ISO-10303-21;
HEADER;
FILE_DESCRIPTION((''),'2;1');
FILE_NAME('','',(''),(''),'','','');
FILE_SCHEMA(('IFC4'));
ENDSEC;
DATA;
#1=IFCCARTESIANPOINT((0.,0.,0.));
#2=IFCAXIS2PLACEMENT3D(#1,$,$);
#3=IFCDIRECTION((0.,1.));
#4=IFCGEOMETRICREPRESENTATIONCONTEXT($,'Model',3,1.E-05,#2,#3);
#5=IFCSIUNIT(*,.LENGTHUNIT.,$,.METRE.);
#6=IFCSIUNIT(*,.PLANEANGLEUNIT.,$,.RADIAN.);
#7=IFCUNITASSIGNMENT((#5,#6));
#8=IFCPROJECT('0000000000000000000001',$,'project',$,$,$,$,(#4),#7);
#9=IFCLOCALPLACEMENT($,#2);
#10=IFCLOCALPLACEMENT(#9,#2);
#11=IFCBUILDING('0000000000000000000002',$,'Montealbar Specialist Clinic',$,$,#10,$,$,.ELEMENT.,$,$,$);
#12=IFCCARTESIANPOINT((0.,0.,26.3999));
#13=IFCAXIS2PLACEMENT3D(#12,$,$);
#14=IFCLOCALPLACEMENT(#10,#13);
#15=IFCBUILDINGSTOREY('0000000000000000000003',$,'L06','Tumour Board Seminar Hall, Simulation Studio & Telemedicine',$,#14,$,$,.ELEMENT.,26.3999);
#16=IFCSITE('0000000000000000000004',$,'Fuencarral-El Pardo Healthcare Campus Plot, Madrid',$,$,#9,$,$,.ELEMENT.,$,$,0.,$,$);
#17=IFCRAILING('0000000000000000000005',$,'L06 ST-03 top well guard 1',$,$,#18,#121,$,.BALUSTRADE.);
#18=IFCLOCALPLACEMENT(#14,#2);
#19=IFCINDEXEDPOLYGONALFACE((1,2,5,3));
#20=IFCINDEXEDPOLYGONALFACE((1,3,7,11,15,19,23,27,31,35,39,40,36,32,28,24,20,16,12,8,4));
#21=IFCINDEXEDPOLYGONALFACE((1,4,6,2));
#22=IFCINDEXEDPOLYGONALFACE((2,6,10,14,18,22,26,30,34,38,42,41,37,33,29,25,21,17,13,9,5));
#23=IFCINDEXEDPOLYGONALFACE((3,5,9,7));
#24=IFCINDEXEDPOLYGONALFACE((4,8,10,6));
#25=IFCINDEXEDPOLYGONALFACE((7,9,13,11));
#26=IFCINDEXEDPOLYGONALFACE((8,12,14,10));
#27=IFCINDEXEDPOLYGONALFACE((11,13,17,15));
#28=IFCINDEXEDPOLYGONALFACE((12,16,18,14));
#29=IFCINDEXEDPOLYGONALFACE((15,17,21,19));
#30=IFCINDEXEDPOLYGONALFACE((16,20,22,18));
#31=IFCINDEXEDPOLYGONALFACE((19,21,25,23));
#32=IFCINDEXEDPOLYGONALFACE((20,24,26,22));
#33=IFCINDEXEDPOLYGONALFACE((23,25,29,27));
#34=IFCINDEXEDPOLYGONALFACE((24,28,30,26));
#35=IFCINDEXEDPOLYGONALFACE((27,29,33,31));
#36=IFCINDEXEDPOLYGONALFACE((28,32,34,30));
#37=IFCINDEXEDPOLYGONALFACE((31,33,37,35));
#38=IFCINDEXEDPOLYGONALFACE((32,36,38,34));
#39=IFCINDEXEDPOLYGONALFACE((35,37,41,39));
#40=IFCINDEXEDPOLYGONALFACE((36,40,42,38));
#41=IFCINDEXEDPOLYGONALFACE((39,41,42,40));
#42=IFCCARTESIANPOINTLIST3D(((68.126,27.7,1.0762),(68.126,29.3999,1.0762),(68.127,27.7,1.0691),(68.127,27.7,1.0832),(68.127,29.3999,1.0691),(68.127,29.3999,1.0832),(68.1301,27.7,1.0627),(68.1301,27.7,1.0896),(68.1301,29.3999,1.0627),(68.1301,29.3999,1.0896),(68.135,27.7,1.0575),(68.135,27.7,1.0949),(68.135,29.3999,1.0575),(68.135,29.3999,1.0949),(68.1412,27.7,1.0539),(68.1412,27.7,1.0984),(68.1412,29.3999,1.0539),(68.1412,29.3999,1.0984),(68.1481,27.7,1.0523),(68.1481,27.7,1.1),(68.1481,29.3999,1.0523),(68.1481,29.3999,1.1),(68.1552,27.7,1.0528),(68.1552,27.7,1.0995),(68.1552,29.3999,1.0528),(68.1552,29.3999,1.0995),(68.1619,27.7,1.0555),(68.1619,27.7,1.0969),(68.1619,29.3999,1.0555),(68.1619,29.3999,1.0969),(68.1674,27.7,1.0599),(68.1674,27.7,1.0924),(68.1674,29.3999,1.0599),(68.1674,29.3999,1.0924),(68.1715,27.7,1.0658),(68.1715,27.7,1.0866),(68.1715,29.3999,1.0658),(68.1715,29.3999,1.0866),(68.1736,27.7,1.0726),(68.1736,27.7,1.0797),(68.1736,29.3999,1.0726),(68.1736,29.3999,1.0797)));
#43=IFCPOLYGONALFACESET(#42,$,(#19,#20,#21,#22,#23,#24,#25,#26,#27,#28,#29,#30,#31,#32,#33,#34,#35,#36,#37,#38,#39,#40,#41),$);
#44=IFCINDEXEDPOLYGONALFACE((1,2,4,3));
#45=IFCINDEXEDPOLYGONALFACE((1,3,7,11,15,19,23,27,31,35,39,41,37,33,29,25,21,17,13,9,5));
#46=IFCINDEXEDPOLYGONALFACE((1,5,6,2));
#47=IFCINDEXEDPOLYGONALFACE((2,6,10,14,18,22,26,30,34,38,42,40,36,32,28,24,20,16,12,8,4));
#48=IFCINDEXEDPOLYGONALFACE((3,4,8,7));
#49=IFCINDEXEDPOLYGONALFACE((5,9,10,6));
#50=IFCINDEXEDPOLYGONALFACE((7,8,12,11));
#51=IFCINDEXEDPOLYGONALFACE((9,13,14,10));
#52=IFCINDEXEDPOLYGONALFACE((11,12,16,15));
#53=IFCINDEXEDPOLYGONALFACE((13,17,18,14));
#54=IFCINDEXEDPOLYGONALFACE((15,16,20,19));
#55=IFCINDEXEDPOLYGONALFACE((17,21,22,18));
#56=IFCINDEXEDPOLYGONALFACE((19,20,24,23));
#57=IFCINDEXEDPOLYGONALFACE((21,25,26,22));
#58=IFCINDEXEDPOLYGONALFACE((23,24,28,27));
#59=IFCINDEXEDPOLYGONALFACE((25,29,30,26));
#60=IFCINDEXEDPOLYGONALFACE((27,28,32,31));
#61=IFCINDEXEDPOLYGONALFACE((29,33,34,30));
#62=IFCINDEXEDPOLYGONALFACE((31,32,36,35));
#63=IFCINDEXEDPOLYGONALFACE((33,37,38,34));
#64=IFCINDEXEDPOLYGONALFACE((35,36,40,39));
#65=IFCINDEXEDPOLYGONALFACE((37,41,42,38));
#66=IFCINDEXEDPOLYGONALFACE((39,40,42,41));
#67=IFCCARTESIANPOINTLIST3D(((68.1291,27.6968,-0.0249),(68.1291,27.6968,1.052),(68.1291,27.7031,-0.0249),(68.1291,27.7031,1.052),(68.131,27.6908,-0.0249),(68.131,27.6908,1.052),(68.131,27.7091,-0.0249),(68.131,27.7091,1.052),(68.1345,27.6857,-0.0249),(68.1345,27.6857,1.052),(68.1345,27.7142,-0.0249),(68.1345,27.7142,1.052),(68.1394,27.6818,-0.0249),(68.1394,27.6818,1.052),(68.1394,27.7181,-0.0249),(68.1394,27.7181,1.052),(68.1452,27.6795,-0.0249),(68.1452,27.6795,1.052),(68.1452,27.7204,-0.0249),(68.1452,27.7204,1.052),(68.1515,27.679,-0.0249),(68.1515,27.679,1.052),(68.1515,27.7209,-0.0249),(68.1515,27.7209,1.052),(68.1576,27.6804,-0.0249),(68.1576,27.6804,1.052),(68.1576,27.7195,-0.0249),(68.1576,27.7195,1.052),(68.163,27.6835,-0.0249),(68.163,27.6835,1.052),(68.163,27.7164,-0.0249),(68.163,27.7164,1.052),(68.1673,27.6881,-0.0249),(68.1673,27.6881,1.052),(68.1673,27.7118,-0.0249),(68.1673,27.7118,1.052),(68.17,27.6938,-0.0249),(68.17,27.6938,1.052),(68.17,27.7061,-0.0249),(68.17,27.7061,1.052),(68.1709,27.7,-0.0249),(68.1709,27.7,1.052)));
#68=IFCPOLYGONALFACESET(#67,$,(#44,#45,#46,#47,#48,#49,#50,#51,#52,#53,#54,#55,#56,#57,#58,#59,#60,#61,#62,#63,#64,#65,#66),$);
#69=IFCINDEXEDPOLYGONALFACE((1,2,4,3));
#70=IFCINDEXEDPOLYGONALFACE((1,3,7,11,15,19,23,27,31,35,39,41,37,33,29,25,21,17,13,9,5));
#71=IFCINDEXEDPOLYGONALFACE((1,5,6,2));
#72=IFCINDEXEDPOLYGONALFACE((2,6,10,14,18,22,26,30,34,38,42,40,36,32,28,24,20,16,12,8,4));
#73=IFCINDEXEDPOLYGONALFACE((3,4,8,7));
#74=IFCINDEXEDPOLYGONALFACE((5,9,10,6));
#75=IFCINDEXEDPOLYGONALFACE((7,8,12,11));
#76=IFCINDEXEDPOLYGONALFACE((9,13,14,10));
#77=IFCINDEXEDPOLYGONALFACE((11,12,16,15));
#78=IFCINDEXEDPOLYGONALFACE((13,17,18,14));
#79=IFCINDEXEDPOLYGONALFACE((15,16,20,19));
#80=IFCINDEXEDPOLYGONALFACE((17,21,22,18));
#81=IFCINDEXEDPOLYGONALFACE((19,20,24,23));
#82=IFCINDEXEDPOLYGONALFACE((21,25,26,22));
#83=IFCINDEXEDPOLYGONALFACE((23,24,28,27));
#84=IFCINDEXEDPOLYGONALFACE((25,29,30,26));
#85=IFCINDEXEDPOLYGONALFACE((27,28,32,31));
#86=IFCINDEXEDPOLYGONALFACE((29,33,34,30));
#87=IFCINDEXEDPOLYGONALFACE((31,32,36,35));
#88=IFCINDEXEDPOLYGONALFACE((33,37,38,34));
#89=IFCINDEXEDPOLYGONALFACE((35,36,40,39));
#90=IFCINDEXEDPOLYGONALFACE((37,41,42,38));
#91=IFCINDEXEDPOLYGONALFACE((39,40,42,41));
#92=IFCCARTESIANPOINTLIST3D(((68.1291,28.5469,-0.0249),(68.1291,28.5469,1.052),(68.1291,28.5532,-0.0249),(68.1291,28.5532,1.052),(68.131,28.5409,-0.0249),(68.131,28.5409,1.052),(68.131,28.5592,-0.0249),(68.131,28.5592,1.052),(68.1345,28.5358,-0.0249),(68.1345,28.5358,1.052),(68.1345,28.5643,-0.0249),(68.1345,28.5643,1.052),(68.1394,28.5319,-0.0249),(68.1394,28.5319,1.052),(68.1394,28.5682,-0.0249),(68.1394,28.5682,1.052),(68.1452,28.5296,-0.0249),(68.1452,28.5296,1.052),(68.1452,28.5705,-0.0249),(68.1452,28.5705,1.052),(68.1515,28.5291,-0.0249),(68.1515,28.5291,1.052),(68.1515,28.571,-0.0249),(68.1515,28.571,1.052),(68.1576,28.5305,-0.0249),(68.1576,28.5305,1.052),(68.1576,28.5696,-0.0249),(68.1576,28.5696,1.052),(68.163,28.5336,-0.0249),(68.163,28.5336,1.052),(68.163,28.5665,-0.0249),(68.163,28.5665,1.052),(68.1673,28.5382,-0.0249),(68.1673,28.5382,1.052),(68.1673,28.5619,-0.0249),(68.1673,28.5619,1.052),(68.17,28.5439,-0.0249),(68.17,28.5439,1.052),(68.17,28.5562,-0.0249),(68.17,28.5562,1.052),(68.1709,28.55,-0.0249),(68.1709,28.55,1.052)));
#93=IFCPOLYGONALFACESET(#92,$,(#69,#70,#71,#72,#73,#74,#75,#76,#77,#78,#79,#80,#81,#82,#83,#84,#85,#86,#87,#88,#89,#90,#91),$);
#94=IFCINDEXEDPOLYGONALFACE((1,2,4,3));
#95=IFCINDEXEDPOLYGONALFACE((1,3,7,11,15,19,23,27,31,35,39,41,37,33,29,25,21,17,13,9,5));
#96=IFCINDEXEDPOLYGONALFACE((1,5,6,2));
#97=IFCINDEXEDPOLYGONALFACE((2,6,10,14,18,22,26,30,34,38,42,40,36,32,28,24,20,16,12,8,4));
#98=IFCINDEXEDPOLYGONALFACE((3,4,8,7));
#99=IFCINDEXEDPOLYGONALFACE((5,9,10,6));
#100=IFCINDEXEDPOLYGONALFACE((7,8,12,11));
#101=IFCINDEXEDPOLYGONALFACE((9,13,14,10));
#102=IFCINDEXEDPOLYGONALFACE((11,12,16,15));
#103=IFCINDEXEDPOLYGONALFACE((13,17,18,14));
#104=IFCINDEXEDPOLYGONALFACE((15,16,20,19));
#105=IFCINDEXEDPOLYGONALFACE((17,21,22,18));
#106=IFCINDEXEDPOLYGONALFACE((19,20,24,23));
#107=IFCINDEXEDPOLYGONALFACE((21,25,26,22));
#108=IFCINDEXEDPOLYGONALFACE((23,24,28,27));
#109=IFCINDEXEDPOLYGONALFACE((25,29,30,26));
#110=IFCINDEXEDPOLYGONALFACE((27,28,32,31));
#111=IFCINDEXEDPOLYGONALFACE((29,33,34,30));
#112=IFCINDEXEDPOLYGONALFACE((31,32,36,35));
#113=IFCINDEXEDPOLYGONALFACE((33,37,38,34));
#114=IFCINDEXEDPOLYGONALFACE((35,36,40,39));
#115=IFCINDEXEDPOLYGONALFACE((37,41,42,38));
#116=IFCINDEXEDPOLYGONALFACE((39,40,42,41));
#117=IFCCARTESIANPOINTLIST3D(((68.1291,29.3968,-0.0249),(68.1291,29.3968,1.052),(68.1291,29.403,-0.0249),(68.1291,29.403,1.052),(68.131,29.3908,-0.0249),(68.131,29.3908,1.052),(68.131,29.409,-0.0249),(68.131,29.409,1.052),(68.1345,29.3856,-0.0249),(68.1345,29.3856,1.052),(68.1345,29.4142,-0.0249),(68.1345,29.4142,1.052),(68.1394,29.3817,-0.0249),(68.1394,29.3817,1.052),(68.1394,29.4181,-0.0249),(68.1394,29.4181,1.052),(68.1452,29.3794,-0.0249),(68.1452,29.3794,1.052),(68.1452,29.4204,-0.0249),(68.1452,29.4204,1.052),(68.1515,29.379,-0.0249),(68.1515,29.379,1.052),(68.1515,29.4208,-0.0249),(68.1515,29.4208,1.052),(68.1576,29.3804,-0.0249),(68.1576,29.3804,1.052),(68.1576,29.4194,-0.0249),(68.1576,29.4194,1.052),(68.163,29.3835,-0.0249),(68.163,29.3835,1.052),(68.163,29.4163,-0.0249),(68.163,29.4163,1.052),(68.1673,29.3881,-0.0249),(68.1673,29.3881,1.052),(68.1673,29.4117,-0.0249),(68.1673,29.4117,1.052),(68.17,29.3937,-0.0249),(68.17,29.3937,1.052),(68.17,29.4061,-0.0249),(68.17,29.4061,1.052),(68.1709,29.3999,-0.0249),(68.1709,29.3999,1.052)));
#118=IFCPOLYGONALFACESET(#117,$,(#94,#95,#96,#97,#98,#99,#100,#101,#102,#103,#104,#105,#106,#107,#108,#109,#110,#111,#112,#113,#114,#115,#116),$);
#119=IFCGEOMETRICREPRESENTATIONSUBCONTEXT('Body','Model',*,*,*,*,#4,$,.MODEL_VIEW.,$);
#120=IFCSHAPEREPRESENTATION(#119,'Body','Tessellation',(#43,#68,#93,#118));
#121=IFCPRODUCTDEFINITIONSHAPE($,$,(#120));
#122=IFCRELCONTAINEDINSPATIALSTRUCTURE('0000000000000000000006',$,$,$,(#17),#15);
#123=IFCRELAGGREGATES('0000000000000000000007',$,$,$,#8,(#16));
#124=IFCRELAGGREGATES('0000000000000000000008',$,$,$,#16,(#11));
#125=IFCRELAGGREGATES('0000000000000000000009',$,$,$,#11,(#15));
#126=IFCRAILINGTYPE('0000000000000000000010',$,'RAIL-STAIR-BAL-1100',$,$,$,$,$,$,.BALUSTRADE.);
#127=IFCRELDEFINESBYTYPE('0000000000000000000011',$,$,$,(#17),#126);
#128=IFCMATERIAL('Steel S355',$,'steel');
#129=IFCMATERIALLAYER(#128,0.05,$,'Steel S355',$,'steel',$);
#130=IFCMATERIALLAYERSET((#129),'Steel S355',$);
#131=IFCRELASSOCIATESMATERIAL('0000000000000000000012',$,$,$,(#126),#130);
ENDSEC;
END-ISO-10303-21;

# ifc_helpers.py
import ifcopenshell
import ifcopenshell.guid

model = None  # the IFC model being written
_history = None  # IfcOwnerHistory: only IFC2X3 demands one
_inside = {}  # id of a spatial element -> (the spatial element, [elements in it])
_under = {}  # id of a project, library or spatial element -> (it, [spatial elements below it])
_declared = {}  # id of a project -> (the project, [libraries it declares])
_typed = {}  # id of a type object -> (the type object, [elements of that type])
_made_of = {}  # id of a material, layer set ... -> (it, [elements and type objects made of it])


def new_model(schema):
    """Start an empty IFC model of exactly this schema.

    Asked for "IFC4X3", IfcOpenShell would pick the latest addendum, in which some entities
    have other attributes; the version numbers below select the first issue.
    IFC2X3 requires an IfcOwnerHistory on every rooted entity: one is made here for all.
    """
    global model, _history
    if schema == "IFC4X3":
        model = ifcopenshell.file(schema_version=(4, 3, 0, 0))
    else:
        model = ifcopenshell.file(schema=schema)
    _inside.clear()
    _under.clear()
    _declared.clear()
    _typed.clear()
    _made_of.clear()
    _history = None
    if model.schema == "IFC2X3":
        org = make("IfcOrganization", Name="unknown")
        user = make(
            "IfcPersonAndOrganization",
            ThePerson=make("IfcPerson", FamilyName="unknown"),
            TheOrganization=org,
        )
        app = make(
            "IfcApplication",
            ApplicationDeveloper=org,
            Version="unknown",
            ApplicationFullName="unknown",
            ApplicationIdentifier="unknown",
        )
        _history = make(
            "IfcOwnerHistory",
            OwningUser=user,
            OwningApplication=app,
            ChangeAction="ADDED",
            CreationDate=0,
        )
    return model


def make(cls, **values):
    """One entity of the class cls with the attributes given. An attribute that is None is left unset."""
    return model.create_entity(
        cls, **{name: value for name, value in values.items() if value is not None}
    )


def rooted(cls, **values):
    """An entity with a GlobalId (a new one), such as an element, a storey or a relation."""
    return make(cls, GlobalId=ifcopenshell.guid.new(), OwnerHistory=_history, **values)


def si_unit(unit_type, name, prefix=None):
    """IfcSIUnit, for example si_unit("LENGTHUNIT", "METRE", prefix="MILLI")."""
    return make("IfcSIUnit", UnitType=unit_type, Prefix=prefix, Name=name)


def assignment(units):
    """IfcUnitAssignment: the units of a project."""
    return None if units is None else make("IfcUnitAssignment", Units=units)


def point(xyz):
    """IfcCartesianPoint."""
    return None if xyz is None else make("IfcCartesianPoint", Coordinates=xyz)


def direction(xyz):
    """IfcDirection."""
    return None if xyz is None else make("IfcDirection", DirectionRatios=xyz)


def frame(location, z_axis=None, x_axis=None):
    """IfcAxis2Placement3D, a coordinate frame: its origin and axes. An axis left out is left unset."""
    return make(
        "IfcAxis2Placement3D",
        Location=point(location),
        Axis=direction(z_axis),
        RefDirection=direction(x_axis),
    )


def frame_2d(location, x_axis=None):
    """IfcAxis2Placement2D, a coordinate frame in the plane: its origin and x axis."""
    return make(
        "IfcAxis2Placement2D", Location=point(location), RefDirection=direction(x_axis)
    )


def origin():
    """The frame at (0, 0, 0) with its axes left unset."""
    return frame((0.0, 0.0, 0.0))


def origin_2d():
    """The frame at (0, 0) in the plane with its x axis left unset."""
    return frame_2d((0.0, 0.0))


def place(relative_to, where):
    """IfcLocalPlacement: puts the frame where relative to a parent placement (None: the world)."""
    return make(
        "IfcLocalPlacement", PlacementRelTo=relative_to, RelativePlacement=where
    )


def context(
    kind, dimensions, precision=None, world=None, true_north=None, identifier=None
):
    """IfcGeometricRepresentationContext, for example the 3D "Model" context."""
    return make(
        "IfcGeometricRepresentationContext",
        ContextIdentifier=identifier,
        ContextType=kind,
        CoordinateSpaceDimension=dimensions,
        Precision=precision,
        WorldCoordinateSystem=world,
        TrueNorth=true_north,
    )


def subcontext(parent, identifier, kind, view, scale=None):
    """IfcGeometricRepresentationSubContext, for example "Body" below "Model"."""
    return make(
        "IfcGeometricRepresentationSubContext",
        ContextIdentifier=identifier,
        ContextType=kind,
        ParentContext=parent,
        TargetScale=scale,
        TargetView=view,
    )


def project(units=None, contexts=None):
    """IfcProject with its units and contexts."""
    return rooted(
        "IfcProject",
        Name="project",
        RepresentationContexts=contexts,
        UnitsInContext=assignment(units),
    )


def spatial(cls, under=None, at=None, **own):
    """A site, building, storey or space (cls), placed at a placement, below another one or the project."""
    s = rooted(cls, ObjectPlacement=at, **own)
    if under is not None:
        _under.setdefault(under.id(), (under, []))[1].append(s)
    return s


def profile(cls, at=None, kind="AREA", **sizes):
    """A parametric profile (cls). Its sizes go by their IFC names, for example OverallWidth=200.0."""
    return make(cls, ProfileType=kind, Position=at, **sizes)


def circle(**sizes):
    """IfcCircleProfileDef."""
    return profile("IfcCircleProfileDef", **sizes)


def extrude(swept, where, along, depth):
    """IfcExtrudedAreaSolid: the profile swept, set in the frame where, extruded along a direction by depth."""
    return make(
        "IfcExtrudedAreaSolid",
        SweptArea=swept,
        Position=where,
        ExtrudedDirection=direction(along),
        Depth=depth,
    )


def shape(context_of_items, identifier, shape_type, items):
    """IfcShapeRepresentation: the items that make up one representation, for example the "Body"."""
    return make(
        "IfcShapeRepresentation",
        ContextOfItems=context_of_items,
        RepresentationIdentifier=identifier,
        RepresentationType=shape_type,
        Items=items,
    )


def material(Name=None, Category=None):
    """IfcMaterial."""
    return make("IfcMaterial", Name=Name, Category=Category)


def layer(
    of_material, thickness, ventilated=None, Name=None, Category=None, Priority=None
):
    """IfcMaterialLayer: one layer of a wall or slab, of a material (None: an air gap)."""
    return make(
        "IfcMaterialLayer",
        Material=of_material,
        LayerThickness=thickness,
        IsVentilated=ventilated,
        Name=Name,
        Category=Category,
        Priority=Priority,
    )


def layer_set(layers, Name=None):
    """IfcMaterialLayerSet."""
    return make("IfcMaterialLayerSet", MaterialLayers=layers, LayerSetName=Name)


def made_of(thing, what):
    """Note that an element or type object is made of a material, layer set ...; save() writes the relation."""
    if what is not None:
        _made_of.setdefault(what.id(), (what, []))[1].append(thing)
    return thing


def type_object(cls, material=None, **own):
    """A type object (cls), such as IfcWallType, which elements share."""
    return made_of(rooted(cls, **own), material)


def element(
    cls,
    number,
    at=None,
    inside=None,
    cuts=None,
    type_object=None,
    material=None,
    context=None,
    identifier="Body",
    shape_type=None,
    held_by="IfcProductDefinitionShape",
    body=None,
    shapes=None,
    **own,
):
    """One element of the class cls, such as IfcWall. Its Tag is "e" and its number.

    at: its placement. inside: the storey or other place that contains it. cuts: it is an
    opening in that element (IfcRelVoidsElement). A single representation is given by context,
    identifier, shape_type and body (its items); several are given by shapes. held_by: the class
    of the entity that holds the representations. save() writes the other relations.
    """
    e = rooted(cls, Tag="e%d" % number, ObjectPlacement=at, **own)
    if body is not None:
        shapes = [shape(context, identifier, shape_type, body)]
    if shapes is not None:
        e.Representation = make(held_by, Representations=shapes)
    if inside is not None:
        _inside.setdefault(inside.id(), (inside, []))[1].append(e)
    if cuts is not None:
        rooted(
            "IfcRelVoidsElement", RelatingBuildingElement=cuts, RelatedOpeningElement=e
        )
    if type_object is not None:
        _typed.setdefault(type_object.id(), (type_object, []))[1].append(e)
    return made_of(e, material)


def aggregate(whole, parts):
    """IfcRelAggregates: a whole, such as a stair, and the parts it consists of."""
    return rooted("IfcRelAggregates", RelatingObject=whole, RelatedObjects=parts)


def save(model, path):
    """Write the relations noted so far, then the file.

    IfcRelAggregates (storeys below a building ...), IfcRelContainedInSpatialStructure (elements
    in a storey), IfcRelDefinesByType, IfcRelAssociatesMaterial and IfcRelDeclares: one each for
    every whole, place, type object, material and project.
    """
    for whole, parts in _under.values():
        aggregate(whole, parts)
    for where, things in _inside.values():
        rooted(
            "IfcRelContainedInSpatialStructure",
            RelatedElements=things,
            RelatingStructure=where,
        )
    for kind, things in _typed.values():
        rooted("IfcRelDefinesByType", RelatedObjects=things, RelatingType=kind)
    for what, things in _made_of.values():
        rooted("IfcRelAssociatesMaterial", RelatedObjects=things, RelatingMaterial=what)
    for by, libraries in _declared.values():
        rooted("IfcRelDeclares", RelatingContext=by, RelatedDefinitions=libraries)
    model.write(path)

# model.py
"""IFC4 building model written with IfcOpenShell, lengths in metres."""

from ifc_helpers import new_model, si_unit, direction, frame, origin, origin_2d, place, context, subcontext, project, spatial, circle, extrude, material, layer, layer_set, type_object, element, save


model = new_model("IFC4")

# Units and contexts
model_context = context("Model", 3, precision=1e-05, world=origin(), true_north=direction((0.0, 1.0)))
body_context = subcontext(model_context, "Body", "Model", "MODEL_VIEW")
ifc_project = project(units=[si_unit("LENGTHUNIT", "METRE"), si_unit("PLANEANGLEUNIT", "RADIAN")], contexts=[model_context])

# Site, building, storey
site_placement = place(None, origin())
site = spatial("IfcSite", under=ifc_project, at=site_placement, Name="Fuencarral-El Pardo Healthcare Campus Plot, Madrid", CompositionType="ELEMENT", RefElevation=0.0)
building_placement = place(site_placement, origin())
building = spatial("IfcBuilding", under=site, at=building_placement, Name="Montealbar Specialist Clinic", CompositionType="ELEMENT")
storey_placement = place(building_placement, frame((0.0, 0.0, 26.3999)))
storey = spatial("IfcBuildingStorey", under=building, at=storey_placement, Name="L06", Description="Tumour Board Seminar Hall, Simulation Studio & Telemedicine", CompositionType="ELEMENT", Elevation=26.3999)

# Shared definitions
ifc_material_1 = material(Name="Steel S355", Category="steel")

# Railing
ifc_layer_1 = layer(ifc_material_1, 0.05, Name="Steel S355", Category="steel")
ifc_layer_set_1 = layer_set([ifc_layer_1], Name="Steel S355")
railing_type = type_object("IfcRailingType", Name="RAIL-STAIR-BAL-1100", PredefinedType="BALUSTRADE", material=ifc_layer_set_1)
railing_placement = place(storey_placement, frame((68.1499, 27.7, 0.0)))
element("IfcRailing", 1, at=railing_placement, inside=storey, type_object=railing_type, Name="L06 ST-03 top well guard 1", PredefinedType="BALUSTRADE", context=body_context, shape_type="SweptSolid", body=[
    extrude(circle(Radius=0.0239, at=origin_2d()), frame((0.0, 0.0, 1.0762), z_axis=(0.0, 1.0, 0.0), x_axis=(-1.0, 0.0, 0.0)), (0.0, 0.0, 1.0), 1.7),
    extrude(circle(Radius=0.021, at=origin_2d()), frame((0.0, 0.0, -0.0249)), (0.0, 0.0, 1.0), 1.0769),
    extrude(circle(Radius=0.021, at=origin_2d()), frame((0.0, 0.8501, -0.0249)), (0.0, 0.0, 1.0), 1.0769),
    extrude(circle(Radius=0.021, at=origin_2d()), frame((0.0, 1.7, -0.0249)), (0.0, 0.0, 1.0), 1.0769),
])

save(model, "model.ifc")
